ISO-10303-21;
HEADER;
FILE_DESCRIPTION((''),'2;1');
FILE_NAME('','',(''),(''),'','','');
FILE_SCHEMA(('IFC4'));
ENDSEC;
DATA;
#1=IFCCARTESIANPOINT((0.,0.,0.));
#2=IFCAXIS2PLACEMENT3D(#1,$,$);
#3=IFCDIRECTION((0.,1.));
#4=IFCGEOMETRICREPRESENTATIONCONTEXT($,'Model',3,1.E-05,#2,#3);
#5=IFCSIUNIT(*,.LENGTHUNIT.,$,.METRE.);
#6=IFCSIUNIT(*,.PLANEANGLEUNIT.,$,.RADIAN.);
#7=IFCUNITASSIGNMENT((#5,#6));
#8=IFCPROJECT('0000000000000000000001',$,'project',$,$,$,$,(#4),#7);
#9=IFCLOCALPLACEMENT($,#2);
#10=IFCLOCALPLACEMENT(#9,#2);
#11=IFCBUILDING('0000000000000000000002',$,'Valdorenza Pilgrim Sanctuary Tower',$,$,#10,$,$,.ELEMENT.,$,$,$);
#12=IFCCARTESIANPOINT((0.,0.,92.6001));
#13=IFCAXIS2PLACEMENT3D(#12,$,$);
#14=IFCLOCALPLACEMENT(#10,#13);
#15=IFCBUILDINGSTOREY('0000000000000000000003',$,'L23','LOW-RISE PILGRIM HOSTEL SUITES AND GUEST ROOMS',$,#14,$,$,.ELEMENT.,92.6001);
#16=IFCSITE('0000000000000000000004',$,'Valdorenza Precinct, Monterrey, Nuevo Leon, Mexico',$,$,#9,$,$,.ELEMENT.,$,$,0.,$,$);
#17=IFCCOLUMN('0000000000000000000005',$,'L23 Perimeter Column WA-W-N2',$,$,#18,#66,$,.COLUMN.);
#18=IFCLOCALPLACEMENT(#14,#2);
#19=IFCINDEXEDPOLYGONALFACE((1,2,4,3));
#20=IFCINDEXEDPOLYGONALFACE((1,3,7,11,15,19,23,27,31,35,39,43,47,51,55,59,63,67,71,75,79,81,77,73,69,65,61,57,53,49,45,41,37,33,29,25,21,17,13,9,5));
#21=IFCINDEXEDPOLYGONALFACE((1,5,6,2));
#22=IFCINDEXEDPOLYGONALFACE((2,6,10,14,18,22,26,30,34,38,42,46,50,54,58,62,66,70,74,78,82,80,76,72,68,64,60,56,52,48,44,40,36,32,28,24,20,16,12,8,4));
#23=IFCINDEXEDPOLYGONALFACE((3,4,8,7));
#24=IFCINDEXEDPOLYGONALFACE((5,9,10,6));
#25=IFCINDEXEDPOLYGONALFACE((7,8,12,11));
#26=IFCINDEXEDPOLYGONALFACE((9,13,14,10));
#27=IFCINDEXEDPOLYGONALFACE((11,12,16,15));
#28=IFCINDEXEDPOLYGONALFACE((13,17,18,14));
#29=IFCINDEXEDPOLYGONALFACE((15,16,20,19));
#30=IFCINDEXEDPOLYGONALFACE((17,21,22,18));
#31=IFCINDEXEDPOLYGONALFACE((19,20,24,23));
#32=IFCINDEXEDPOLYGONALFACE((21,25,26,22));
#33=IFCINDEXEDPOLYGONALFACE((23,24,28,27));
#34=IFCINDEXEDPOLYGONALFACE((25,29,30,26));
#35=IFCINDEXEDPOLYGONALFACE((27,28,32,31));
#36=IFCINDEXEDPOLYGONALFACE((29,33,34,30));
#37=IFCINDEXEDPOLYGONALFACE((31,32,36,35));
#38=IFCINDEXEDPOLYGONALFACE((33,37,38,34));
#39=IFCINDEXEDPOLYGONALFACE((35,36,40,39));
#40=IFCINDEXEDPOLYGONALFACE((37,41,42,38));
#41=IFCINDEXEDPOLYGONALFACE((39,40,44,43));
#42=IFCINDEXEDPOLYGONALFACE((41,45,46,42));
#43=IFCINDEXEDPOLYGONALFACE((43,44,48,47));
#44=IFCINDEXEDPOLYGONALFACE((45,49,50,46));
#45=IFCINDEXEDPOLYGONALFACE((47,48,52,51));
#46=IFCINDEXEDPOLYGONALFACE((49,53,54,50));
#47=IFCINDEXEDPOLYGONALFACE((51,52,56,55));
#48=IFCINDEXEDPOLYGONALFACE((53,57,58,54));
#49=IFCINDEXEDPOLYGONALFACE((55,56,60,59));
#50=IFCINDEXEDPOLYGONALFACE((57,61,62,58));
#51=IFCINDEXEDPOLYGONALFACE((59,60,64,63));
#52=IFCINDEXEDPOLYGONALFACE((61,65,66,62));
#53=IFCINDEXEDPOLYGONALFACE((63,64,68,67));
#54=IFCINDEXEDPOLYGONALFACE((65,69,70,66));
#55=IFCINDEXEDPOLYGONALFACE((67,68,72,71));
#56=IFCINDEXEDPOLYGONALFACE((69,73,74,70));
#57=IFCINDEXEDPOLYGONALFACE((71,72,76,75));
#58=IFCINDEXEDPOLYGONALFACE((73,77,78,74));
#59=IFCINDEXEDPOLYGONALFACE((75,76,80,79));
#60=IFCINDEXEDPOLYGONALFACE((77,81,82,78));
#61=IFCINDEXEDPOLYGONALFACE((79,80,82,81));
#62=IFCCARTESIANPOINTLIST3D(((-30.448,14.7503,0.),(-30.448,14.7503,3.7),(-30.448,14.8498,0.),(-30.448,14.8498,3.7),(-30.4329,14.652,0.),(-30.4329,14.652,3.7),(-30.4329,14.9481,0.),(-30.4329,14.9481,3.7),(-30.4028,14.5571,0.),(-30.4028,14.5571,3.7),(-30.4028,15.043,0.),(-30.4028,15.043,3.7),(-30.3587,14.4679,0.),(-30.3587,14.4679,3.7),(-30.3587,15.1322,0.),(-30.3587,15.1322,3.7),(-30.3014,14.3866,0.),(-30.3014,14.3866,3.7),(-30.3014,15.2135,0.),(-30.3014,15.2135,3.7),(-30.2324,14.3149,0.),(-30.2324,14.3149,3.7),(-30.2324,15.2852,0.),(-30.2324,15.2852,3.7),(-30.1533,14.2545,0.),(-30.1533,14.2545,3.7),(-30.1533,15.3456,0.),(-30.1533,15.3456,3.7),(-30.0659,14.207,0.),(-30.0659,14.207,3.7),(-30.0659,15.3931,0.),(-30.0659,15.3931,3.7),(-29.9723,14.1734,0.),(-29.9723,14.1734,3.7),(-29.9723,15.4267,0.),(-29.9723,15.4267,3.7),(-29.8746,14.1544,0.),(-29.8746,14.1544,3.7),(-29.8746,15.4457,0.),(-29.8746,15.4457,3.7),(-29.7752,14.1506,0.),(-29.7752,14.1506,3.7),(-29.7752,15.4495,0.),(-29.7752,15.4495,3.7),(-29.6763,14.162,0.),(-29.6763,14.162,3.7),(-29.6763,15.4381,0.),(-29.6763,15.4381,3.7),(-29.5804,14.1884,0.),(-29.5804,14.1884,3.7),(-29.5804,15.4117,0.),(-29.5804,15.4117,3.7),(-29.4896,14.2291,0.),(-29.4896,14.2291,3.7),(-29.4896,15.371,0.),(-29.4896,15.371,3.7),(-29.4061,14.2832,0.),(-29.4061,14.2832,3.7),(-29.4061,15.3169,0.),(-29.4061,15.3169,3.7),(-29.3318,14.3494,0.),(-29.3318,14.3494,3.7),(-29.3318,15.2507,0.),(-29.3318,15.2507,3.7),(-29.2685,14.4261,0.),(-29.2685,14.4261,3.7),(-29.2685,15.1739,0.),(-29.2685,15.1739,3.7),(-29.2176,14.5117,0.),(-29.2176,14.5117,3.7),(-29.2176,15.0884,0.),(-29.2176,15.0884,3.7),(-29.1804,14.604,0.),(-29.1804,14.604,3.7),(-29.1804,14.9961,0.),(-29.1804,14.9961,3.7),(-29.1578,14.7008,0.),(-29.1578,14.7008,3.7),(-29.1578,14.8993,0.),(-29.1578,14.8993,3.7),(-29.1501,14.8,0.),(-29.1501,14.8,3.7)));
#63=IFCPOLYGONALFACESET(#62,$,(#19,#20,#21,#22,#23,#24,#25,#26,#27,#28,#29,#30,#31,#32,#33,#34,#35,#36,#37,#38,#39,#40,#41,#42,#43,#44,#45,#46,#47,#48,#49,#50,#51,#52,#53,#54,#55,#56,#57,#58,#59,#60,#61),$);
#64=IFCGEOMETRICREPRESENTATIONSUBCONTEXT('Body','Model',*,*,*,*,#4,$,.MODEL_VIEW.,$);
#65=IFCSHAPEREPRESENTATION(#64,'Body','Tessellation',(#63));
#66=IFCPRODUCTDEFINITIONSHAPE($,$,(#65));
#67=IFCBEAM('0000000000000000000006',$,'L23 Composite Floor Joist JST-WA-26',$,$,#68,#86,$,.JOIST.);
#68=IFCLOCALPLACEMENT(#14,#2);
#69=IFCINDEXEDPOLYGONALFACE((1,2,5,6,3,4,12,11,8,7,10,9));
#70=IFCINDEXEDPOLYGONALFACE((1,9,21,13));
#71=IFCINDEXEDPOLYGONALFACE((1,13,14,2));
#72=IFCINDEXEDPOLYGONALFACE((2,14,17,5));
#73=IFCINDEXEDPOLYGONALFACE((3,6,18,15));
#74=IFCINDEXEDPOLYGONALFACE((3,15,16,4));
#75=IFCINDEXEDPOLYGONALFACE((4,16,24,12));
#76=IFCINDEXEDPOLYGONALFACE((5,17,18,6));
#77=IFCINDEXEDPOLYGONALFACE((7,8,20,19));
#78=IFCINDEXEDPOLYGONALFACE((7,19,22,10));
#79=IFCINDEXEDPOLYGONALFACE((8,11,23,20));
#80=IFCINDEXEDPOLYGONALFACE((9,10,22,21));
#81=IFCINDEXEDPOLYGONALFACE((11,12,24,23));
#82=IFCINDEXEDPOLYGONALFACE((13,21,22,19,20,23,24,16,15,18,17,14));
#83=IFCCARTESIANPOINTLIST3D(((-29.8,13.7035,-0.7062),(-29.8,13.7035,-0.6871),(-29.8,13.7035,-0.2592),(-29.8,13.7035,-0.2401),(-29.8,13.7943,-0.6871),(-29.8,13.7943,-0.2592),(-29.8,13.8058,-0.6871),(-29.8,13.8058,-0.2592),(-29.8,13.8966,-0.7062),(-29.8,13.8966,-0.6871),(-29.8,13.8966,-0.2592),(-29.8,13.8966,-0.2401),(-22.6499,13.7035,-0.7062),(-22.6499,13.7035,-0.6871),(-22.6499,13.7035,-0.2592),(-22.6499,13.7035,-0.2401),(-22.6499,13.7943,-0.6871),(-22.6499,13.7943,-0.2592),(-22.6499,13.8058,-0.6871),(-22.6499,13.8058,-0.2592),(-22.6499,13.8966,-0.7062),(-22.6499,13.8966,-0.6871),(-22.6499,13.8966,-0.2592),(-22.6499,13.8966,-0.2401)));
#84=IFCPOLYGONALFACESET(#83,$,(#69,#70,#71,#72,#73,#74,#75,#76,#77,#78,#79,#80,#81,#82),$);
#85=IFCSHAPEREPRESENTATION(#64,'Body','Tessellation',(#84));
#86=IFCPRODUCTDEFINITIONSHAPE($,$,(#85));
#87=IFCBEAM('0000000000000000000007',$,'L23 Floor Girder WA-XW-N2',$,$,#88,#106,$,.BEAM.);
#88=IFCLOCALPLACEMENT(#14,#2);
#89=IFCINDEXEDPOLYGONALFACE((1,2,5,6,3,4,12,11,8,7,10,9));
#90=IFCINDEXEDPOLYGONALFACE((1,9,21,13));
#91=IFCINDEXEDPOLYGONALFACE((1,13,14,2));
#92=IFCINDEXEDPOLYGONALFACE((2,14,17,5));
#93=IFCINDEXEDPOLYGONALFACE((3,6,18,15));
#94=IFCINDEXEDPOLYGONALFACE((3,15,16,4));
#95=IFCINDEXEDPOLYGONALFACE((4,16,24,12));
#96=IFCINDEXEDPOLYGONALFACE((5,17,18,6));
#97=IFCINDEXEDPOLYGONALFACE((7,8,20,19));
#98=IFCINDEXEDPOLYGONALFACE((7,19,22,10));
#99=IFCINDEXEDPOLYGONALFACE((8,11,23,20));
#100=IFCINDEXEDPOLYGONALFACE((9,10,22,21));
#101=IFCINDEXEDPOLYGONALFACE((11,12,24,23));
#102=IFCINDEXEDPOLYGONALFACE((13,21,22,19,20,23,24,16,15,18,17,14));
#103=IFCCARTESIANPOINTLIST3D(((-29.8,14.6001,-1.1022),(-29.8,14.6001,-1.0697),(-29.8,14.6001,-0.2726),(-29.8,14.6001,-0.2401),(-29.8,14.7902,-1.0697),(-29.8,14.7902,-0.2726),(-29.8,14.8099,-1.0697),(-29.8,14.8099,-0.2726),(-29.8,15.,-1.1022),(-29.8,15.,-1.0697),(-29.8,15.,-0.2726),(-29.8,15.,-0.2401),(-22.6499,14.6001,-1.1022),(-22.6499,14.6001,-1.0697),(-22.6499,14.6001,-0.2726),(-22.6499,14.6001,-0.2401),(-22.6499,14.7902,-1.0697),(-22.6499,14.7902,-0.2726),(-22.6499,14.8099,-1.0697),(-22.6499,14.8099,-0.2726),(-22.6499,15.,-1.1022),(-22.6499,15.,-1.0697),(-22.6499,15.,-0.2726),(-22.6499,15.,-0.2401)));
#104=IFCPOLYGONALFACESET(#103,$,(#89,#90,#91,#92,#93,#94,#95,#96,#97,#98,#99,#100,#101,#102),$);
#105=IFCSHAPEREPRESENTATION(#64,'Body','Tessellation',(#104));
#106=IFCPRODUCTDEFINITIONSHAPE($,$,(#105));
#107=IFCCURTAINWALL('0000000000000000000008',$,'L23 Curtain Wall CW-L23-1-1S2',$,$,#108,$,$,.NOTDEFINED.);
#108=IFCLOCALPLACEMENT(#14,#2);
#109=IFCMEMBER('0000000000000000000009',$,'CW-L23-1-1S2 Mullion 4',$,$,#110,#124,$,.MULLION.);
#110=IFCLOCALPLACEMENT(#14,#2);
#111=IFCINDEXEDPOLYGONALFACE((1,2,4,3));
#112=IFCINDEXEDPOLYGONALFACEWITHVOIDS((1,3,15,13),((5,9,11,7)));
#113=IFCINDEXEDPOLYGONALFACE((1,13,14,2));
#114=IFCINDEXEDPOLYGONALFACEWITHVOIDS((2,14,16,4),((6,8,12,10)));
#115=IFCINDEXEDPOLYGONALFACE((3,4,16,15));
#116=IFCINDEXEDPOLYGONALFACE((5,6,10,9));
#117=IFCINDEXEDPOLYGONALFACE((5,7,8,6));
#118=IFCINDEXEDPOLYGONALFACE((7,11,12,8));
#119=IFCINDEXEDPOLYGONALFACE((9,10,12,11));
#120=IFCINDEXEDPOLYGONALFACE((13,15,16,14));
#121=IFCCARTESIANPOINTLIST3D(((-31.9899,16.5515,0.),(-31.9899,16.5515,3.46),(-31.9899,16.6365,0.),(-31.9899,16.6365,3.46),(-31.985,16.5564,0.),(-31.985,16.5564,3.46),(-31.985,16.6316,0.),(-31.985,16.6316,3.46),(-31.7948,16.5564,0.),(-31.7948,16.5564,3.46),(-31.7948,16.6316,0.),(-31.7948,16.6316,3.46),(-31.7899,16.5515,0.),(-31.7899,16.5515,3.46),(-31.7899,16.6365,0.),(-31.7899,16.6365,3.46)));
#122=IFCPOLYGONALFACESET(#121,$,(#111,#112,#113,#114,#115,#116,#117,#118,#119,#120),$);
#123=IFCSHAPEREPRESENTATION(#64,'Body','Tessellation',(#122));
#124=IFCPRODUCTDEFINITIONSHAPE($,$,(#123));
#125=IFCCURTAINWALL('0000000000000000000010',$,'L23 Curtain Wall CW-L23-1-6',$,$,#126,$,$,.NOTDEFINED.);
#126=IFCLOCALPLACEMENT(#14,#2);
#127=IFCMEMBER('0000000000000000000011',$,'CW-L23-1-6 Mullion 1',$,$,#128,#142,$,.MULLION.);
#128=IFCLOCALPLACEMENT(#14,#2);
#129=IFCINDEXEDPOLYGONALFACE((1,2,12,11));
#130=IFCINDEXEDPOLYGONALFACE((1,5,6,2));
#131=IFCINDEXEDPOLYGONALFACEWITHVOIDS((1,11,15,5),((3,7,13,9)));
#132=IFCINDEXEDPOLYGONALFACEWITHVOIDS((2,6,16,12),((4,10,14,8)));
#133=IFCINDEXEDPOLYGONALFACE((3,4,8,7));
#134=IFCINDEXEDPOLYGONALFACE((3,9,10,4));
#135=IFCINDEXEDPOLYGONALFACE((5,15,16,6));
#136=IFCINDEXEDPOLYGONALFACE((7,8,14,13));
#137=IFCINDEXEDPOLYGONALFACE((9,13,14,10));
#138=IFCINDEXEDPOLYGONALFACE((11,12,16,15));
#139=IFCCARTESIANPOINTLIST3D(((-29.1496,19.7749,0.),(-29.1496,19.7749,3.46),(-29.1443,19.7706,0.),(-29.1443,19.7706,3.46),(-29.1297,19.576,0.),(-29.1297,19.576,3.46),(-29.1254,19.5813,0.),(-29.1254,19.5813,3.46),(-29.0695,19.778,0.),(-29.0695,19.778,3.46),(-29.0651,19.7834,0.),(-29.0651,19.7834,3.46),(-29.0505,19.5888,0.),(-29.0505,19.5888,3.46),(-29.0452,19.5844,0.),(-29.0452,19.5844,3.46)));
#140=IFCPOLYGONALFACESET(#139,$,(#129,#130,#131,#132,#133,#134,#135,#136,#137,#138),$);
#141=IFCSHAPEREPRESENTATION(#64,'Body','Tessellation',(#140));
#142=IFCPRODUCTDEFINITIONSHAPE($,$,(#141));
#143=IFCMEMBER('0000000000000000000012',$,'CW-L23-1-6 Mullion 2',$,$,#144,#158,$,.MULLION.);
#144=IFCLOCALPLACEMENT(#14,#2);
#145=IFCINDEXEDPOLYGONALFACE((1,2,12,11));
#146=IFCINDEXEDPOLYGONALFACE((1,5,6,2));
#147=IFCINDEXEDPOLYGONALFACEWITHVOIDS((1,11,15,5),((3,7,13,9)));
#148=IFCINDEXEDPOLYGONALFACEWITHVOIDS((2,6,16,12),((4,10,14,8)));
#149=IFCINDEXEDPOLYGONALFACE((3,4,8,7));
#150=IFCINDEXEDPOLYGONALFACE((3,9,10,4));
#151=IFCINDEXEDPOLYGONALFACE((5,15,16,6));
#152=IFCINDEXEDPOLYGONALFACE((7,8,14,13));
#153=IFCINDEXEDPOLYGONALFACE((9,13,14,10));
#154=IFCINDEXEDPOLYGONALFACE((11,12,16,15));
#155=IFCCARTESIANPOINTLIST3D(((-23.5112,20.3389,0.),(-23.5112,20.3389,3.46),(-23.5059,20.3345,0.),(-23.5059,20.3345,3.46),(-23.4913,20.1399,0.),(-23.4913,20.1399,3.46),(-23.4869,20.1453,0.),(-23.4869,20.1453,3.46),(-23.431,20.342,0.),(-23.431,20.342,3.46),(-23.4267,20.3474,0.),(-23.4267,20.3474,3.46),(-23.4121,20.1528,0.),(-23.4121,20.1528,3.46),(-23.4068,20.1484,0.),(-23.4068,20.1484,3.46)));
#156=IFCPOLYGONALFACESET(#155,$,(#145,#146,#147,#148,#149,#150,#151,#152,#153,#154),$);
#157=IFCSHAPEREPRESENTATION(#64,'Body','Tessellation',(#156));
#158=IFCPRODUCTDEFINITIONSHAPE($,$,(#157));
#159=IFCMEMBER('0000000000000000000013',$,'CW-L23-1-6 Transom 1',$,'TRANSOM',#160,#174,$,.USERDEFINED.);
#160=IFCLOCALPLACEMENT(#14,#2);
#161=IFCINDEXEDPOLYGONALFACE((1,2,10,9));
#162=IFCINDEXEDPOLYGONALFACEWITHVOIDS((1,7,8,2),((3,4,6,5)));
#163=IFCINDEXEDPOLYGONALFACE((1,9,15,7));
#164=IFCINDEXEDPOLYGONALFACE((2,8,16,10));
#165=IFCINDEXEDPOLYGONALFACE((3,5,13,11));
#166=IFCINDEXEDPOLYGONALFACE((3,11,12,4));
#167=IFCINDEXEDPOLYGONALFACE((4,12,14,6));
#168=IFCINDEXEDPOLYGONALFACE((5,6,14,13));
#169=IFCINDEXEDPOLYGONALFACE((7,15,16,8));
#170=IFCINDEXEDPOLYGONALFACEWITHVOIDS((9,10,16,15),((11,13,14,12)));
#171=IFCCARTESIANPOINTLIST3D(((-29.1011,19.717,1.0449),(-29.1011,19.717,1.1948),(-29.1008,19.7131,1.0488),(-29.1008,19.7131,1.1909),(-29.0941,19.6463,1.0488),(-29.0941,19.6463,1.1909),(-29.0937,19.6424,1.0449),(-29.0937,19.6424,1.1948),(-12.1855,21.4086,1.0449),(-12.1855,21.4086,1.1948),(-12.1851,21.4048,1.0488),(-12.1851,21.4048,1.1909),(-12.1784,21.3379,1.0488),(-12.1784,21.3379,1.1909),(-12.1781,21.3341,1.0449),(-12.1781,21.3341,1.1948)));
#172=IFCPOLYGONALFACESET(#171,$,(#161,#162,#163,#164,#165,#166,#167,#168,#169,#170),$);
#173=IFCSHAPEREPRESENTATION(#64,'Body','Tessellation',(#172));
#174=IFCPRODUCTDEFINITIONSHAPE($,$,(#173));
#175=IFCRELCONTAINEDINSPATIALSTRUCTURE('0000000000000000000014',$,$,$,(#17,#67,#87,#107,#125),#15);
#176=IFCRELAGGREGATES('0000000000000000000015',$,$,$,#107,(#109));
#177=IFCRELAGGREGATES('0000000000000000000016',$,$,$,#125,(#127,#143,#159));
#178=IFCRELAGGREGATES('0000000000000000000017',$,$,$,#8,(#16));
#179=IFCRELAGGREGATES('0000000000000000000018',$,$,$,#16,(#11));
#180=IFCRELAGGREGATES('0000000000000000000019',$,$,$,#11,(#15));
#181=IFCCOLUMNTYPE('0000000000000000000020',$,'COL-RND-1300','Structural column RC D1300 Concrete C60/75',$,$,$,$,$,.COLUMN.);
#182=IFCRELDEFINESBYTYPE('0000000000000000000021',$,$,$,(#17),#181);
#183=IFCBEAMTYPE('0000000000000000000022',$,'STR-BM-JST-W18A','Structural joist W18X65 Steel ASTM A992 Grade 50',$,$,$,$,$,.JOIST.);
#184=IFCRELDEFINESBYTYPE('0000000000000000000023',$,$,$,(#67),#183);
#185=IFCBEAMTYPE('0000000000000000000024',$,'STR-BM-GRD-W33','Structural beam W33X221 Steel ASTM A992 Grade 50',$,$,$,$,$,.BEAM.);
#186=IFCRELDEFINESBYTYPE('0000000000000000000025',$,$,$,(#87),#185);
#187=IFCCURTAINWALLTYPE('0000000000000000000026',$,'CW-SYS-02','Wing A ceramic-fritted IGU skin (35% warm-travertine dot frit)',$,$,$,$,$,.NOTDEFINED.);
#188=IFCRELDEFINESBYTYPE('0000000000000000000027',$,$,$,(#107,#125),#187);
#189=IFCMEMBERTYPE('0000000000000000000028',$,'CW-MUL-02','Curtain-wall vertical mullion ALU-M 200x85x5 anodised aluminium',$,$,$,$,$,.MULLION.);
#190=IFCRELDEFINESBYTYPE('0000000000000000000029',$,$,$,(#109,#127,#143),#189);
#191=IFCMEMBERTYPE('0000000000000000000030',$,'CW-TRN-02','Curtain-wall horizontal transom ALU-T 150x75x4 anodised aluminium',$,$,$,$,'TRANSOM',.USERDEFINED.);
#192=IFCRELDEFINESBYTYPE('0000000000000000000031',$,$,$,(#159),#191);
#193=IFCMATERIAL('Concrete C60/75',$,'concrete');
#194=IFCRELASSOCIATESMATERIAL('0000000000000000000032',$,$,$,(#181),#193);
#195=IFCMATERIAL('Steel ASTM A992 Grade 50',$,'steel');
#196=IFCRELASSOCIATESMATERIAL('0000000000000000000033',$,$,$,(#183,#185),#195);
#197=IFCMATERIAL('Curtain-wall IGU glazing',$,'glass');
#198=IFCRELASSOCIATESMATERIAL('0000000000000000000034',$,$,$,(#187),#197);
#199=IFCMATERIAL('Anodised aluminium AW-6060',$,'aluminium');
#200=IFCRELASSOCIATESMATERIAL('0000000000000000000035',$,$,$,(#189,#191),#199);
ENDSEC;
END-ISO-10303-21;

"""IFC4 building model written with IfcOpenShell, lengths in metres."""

from ifc_helpers import new_model, si_unit, direction, frame, origin, origin_2d, place, context, subcontext, project, spatial, hollow_rectangle, circle, i_section, extrude, source, transform, mapped, material, material_profile, profile_set, type_object, element, aggregate, save


model = new_model("IFC4")

# Units and contexts
model_context = context("Model", 3, precision=1e-05, world=origin(), true_north=direction((0.0, 1.0)))
body_context = subcontext(model_context, "Body", "Model", "MODEL_VIEW")
ifc_project = project(units=[si_unit("LENGTHUNIT", "METRE"), si_unit("PLANEANGLEUNIT", "RADIAN")], contexts=[model_context])

# Site, building, storey
site_placement = place(None, origin())
site = spatial("IfcSite", under=ifc_project, at=site_placement, Name="Valdorenza Precinct, Monterrey, Nuevo Leon, Mexico", CompositionType="ELEMENT", RefElevation=0.0)
building_placement = place(site_placement, origin())
building = spatial("IfcBuilding", under=site, at=building_placement, Name="Valdorenza Pilgrim Sanctuary Tower", CompositionType="ELEMENT")
storey_placement = place(building_placement, frame((0.0, 0.0, 92.6001)))
storey = spatial("IfcBuildingStorey", under=building, at=storey_placement, Name="L23", Description="LOW-RISE PILGRIM HOSTEL SUITES AND GUEST ROOMS", CompositionType="ELEMENT", Elevation=92.6001)

# Column
ifc_material_1 = material(Name="Concrete C60/75", Category="concrete")
ifc_material_profile_1 = material_profile(ifc_material_1, circle(Radius=0.6499, at=origin_2d()), Name="RC D1300")
ifc_profile_set_1 = profile_set([ifc_material_profile_1], Name="Concrete C60/75")
column_type = type_object("IfcColumnType", Name="COL-RND-1300", Description="Structural column RC D1300 Concrete C60/75", PredefinedType="COLUMN", material=ifc_profile_set_1)
shared_shape_1 = source(origin(), body_context, "Body", "SweptSolid", [
    extrude(circle(Radius=0.6499, at=origin_2d()), origin(), (0.0, 0.0, 1.0), 3.7),
])
column_placement = place(storey_placement, frame((-29.8, 14.8, 0.0), z_axis=(0.0, 0.0, 1.0), x_axis=(1.0, 0.0, 0.0)))
element("IfcColumn", 1, at=column_placement, inside=storey, type_object=column_type, Name="L23 Perimeter Column WA-W-N2", PredefinedType="COLUMN", context=body_context, shape_type="MappedRepresentation", body=[
    mapped(shared_shape_1, transform((0.0, 0.0, 0.0), x_axis=(1.0, 0.0, 0.0), y_axis=(0.0, 1.0, 0.0), z_axis=(0.0, 0.0, 1.0), scale=1.0)),
])

# Beams
ifc_material_2 = material(Name="Steel ASTM A992 Grade 50", Category="steel")
ifc_material_profile_2 = material_profile(ifc_material_2, i_section(OverallWidth=0.1931, OverallDepth=0.4661, WebThickness=0.0115, FlangeThickness=0.019, at=origin_2d()), Name="W18X65")
ifc_profile_set_2 = profile_set([ifc_material_profile_2], Name="Steel ASTM A992 Grade 50")
beam_type_1 = type_object("IfcBeamType", Name="STR-BM-JST-W18A", Description="Structural joist W18X65 Steel ASTM A992 Grade 50", PredefinedType="JOIST", material=ifc_profile_set_2)
shared_shape_2 = source(origin(), body_context, "Body", "SweptSolid", [
    extrude(i_section(OverallWidth=0.1931, OverallDepth=0.4661, WebThickness=0.0115, FlangeThickness=0.019, at=origin_2d()), origin(), (0.0, 0.0, 1.0), 7.1501),
])
beam_1_placement = place(storey_placement, frame((-29.8, 13.8, -0.4731), z_axis=(1.0, 0.0, 0.0), x_axis=(0.0, 1.0, 0.0)))
element("IfcBeam", 2, at=beam_1_placement, inside=storey, type_object=beam_type_1, Name="L23 Composite Floor Joist JST-WA-26", PredefinedType="JOIST", context=body_context, shape_type="MappedRepresentation", body=[
    mapped(shared_shape_2, transform((0.0, 0.0, 0.0), x_axis=(1.0, 0.0, 0.0), y_axis=(0.0, 1.0, 0.0), z_axis=(0.0, 0.0, 1.0), scale=1.0)),
])
ifc_material_profile_3 = material_profile(ifc_material_2, i_section(OverallWidth=0.3999, OverallDepth=0.8621, WebThickness=0.0198, FlangeThickness=0.0325, at=origin_2d()), Name="W33X221")
ifc_profile_set_3 = profile_set([ifc_material_profile_3], Name="Steel ASTM A992 Grade 50")
beam_type_2 = type_object("IfcBeamType", Name="STR-BM-GRD-W33", Description="Structural beam W33X221 Steel ASTM A992 Grade 50", PredefinedType="BEAM", material=ifc_profile_set_3)
shared_shape_3 = source(origin(), body_context, "Body", "SweptSolid", [
    extrude(i_section(OverallWidth=0.3999, OverallDepth=0.8621, WebThickness=0.0198, FlangeThickness=0.0325, at=origin_2d()), origin(), (0.0, 0.0, 1.0), 7.1501),
])
beam_2_placement = place(storey_placement, frame((-29.8, 14.8, -0.6711), z_axis=(1.0, 0.0, 0.0), x_axis=(0.0, 1.0, 0.0)))
element("IfcBeam", 3, at=beam_2_placement, inside=storey, type_object=beam_type_2, Name="L23 Floor Girder WA-XW-N2", PredefinedType="BEAM", context=body_context, shape_type="MappedRepresentation", body=[
    mapped(shared_shape_3, transform((0.0, 0.0, 0.0), x_axis=(1.0, 0.0, 0.0), y_axis=(0.0, 1.0, 0.0), z_axis=(0.0, 0.0, 1.0), scale=1.0)),
])

# Curtain wall, member
ifc_material_3 = material(Name="Curtain-wall IGU glazing", Category="glass")
curtain_wall_type = type_object("IfcCurtainWallType", Name="CW-SYS-02", Description="Wing A ceramic-fritted IGU skin (35% warm-travertine dot frit)", PredefinedType="NOTDEFINED", material=ifc_material_3)
curtain_wall_1_placement = place(storey_placement, origin())
curtain_wall_1 = element("IfcCurtainWall", 4, at=curtain_wall_1_placement, inside=storey, type_object=curtain_wall_type, Name="L23 Curtain Wall CW-L23-1-1S2", PredefinedType="NOTDEFINED")
ifc_material_4 = material(Name="Anodised aluminium AW-6060", Category="aluminium")
ifc_material_profile_4 = material_profile(ifc_material_4, hollow_rectangle(XDim=0.085, YDim=0.2, WallThickness=0.0049, at=origin_2d()), Name="ALU-M 200x85x5")
ifc_profile_set_4 = profile_set([ifc_material_profile_4], Name="Anodised aluminium AW-6060")
member_type_1 = type_object("IfcMemberType", Name="CW-MUL-02", Description="Curtain-wall vertical mullion ALU-M 200x85x5 anodised aluminium", PredefinedType="MULLION", material=ifc_profile_set_4)
shared_shape_4 = source(origin(), body_context, "Body", "SweptSolid", [
    extrude(hollow_rectangle(XDim=0.085, YDim=0.2, WallThickness=0.0049, at=origin_2d()), origin(), (0.0, 0.0, 1.0), 3.46),
])
member_1_placement = place(storey_placement, frame((-31.8899, 16.594, 0.0), z_axis=(0.0, 0.0, 1.0), x_axis=(0.0, 1.0, 0.0)))
member_1 = element("IfcMember", 5, at=member_1_placement, type_object=member_type_1, Name="CW-L23-1-1S2 Mullion 4", PredefinedType="MULLION", context=body_context, shape_type="MappedRepresentation", body=[
    mapped(shared_shape_4, transform((0.0, 0.0, 0.0), x_axis=(1.0, 0.0, 0.0), y_axis=(0.0, 1.0, 0.0), z_axis=(0.0, 0.0, 1.0), scale=1.0)),
])
aggregate(curtain_wall_1, [member_1])

# Curtain wall, members
curtain_wall_2_placement = place(storey_placement, origin())
curtain_wall_2 = element("IfcCurtainWall", 6, at=curtain_wall_2_placement, inside=storey, type_object=curtain_wall_type, Name="L23 Curtain Wall CW-L23-1-6", PredefinedType="NOTDEFINED")
member_2_placement = place(storey_placement, frame((-29.0974, 19.6797, 0.0), z_axis=(0.0, 0.0, 1.0), x_axis=(0.995038, 0.099493, 0.0)))
member_2 = element("IfcMember", 7, at=member_2_placement, type_object=member_type_1, Name="CW-L23-1-6 Mullion 1", PredefinedType="MULLION", context=body_context, shape_type="MappedRepresentation", body=[
    mapped(shared_shape_4, transform((0.0, 0.0, 0.0), x_axis=(1.0, 0.0, 0.0), y_axis=(0.0, 1.0, 0.0), z_axis=(0.0, 0.0, 1.0), scale=1.0)),
])
member_3_placement = place(storey_placement, frame((-23.459, 20.2437, 0.0), z_axis=(0.0, 0.0, 1.0), x_axis=(0.995038, 0.099493, 0.0)))
member_3 = element("IfcMember", 8, at=member_3_placement, type_object=member_type_1, Name="CW-L23-1-6 Mullion 2", PredefinedType="MULLION", context=body_context, shape_type="MappedRepresentation", body=[
    mapped(shared_shape_4, transform((0.0, 0.0, 0.0), x_axis=(1.0, 0.0, 0.0), y_axis=(0.0, 1.0, 0.0), z_axis=(0.0, 0.0, 1.0), scale=1.0)),
])
ifc_material_profile_5 = material_profile(ifc_material_4, hollow_rectangle(XDim=0.075, YDim=0.1499, WallThickness=0.0039, at=origin_2d()), Name="ALU-T 150x75x4")
ifc_profile_set_5 = profile_set([ifc_material_profile_5], Name="Anodised aluminium AW-6060")
member_type_2 = type_object("IfcMemberType", Name="CW-TRN-02", Description="Curtain-wall horizontal transom ALU-T 150x75x4 anodised aluminium", ElementType="TRANSOM", PredefinedType="USERDEFINED", material=ifc_profile_set_5)
shared_shape_5 = source(origin(), body_context, "Body", "SweptSolid", [
    extrude(hollow_rectangle(XDim=0.075, YDim=0.1499, WallThickness=0.0039, at=origin_2d()), origin(), (0.0, 0.0, 1.0), 17.0),
])
member_4_placement = place(storey_placement, frame((-29.0974, 19.6797, 1.1199), z_axis=(0.995037, 0.099509, 0.0), x_axis=(-0.099509, 0.995037, 0.0)))
member_4 = element("IfcMember", 9, at=member_4_placement, type_object=member_type_2, Name="CW-L23-1-6 Transom 1", ObjectType="TRANSOM", PredefinedType="USERDEFINED", context=body_context, shape_type="MappedRepresentation", body=[
    mapped(shared_shape_5, transform((0.0, 0.0, 0.0), x_axis=(1.0, 0.0, 0.0), y_axis=(0.0, 1.0, 0.0), z_axis=(0.0, 0.0, 1.0), scale=1.0)),
])
aggregate(curtain_wall_2, [member_2, member_3, member_4])

save(model, "model.ifc")
